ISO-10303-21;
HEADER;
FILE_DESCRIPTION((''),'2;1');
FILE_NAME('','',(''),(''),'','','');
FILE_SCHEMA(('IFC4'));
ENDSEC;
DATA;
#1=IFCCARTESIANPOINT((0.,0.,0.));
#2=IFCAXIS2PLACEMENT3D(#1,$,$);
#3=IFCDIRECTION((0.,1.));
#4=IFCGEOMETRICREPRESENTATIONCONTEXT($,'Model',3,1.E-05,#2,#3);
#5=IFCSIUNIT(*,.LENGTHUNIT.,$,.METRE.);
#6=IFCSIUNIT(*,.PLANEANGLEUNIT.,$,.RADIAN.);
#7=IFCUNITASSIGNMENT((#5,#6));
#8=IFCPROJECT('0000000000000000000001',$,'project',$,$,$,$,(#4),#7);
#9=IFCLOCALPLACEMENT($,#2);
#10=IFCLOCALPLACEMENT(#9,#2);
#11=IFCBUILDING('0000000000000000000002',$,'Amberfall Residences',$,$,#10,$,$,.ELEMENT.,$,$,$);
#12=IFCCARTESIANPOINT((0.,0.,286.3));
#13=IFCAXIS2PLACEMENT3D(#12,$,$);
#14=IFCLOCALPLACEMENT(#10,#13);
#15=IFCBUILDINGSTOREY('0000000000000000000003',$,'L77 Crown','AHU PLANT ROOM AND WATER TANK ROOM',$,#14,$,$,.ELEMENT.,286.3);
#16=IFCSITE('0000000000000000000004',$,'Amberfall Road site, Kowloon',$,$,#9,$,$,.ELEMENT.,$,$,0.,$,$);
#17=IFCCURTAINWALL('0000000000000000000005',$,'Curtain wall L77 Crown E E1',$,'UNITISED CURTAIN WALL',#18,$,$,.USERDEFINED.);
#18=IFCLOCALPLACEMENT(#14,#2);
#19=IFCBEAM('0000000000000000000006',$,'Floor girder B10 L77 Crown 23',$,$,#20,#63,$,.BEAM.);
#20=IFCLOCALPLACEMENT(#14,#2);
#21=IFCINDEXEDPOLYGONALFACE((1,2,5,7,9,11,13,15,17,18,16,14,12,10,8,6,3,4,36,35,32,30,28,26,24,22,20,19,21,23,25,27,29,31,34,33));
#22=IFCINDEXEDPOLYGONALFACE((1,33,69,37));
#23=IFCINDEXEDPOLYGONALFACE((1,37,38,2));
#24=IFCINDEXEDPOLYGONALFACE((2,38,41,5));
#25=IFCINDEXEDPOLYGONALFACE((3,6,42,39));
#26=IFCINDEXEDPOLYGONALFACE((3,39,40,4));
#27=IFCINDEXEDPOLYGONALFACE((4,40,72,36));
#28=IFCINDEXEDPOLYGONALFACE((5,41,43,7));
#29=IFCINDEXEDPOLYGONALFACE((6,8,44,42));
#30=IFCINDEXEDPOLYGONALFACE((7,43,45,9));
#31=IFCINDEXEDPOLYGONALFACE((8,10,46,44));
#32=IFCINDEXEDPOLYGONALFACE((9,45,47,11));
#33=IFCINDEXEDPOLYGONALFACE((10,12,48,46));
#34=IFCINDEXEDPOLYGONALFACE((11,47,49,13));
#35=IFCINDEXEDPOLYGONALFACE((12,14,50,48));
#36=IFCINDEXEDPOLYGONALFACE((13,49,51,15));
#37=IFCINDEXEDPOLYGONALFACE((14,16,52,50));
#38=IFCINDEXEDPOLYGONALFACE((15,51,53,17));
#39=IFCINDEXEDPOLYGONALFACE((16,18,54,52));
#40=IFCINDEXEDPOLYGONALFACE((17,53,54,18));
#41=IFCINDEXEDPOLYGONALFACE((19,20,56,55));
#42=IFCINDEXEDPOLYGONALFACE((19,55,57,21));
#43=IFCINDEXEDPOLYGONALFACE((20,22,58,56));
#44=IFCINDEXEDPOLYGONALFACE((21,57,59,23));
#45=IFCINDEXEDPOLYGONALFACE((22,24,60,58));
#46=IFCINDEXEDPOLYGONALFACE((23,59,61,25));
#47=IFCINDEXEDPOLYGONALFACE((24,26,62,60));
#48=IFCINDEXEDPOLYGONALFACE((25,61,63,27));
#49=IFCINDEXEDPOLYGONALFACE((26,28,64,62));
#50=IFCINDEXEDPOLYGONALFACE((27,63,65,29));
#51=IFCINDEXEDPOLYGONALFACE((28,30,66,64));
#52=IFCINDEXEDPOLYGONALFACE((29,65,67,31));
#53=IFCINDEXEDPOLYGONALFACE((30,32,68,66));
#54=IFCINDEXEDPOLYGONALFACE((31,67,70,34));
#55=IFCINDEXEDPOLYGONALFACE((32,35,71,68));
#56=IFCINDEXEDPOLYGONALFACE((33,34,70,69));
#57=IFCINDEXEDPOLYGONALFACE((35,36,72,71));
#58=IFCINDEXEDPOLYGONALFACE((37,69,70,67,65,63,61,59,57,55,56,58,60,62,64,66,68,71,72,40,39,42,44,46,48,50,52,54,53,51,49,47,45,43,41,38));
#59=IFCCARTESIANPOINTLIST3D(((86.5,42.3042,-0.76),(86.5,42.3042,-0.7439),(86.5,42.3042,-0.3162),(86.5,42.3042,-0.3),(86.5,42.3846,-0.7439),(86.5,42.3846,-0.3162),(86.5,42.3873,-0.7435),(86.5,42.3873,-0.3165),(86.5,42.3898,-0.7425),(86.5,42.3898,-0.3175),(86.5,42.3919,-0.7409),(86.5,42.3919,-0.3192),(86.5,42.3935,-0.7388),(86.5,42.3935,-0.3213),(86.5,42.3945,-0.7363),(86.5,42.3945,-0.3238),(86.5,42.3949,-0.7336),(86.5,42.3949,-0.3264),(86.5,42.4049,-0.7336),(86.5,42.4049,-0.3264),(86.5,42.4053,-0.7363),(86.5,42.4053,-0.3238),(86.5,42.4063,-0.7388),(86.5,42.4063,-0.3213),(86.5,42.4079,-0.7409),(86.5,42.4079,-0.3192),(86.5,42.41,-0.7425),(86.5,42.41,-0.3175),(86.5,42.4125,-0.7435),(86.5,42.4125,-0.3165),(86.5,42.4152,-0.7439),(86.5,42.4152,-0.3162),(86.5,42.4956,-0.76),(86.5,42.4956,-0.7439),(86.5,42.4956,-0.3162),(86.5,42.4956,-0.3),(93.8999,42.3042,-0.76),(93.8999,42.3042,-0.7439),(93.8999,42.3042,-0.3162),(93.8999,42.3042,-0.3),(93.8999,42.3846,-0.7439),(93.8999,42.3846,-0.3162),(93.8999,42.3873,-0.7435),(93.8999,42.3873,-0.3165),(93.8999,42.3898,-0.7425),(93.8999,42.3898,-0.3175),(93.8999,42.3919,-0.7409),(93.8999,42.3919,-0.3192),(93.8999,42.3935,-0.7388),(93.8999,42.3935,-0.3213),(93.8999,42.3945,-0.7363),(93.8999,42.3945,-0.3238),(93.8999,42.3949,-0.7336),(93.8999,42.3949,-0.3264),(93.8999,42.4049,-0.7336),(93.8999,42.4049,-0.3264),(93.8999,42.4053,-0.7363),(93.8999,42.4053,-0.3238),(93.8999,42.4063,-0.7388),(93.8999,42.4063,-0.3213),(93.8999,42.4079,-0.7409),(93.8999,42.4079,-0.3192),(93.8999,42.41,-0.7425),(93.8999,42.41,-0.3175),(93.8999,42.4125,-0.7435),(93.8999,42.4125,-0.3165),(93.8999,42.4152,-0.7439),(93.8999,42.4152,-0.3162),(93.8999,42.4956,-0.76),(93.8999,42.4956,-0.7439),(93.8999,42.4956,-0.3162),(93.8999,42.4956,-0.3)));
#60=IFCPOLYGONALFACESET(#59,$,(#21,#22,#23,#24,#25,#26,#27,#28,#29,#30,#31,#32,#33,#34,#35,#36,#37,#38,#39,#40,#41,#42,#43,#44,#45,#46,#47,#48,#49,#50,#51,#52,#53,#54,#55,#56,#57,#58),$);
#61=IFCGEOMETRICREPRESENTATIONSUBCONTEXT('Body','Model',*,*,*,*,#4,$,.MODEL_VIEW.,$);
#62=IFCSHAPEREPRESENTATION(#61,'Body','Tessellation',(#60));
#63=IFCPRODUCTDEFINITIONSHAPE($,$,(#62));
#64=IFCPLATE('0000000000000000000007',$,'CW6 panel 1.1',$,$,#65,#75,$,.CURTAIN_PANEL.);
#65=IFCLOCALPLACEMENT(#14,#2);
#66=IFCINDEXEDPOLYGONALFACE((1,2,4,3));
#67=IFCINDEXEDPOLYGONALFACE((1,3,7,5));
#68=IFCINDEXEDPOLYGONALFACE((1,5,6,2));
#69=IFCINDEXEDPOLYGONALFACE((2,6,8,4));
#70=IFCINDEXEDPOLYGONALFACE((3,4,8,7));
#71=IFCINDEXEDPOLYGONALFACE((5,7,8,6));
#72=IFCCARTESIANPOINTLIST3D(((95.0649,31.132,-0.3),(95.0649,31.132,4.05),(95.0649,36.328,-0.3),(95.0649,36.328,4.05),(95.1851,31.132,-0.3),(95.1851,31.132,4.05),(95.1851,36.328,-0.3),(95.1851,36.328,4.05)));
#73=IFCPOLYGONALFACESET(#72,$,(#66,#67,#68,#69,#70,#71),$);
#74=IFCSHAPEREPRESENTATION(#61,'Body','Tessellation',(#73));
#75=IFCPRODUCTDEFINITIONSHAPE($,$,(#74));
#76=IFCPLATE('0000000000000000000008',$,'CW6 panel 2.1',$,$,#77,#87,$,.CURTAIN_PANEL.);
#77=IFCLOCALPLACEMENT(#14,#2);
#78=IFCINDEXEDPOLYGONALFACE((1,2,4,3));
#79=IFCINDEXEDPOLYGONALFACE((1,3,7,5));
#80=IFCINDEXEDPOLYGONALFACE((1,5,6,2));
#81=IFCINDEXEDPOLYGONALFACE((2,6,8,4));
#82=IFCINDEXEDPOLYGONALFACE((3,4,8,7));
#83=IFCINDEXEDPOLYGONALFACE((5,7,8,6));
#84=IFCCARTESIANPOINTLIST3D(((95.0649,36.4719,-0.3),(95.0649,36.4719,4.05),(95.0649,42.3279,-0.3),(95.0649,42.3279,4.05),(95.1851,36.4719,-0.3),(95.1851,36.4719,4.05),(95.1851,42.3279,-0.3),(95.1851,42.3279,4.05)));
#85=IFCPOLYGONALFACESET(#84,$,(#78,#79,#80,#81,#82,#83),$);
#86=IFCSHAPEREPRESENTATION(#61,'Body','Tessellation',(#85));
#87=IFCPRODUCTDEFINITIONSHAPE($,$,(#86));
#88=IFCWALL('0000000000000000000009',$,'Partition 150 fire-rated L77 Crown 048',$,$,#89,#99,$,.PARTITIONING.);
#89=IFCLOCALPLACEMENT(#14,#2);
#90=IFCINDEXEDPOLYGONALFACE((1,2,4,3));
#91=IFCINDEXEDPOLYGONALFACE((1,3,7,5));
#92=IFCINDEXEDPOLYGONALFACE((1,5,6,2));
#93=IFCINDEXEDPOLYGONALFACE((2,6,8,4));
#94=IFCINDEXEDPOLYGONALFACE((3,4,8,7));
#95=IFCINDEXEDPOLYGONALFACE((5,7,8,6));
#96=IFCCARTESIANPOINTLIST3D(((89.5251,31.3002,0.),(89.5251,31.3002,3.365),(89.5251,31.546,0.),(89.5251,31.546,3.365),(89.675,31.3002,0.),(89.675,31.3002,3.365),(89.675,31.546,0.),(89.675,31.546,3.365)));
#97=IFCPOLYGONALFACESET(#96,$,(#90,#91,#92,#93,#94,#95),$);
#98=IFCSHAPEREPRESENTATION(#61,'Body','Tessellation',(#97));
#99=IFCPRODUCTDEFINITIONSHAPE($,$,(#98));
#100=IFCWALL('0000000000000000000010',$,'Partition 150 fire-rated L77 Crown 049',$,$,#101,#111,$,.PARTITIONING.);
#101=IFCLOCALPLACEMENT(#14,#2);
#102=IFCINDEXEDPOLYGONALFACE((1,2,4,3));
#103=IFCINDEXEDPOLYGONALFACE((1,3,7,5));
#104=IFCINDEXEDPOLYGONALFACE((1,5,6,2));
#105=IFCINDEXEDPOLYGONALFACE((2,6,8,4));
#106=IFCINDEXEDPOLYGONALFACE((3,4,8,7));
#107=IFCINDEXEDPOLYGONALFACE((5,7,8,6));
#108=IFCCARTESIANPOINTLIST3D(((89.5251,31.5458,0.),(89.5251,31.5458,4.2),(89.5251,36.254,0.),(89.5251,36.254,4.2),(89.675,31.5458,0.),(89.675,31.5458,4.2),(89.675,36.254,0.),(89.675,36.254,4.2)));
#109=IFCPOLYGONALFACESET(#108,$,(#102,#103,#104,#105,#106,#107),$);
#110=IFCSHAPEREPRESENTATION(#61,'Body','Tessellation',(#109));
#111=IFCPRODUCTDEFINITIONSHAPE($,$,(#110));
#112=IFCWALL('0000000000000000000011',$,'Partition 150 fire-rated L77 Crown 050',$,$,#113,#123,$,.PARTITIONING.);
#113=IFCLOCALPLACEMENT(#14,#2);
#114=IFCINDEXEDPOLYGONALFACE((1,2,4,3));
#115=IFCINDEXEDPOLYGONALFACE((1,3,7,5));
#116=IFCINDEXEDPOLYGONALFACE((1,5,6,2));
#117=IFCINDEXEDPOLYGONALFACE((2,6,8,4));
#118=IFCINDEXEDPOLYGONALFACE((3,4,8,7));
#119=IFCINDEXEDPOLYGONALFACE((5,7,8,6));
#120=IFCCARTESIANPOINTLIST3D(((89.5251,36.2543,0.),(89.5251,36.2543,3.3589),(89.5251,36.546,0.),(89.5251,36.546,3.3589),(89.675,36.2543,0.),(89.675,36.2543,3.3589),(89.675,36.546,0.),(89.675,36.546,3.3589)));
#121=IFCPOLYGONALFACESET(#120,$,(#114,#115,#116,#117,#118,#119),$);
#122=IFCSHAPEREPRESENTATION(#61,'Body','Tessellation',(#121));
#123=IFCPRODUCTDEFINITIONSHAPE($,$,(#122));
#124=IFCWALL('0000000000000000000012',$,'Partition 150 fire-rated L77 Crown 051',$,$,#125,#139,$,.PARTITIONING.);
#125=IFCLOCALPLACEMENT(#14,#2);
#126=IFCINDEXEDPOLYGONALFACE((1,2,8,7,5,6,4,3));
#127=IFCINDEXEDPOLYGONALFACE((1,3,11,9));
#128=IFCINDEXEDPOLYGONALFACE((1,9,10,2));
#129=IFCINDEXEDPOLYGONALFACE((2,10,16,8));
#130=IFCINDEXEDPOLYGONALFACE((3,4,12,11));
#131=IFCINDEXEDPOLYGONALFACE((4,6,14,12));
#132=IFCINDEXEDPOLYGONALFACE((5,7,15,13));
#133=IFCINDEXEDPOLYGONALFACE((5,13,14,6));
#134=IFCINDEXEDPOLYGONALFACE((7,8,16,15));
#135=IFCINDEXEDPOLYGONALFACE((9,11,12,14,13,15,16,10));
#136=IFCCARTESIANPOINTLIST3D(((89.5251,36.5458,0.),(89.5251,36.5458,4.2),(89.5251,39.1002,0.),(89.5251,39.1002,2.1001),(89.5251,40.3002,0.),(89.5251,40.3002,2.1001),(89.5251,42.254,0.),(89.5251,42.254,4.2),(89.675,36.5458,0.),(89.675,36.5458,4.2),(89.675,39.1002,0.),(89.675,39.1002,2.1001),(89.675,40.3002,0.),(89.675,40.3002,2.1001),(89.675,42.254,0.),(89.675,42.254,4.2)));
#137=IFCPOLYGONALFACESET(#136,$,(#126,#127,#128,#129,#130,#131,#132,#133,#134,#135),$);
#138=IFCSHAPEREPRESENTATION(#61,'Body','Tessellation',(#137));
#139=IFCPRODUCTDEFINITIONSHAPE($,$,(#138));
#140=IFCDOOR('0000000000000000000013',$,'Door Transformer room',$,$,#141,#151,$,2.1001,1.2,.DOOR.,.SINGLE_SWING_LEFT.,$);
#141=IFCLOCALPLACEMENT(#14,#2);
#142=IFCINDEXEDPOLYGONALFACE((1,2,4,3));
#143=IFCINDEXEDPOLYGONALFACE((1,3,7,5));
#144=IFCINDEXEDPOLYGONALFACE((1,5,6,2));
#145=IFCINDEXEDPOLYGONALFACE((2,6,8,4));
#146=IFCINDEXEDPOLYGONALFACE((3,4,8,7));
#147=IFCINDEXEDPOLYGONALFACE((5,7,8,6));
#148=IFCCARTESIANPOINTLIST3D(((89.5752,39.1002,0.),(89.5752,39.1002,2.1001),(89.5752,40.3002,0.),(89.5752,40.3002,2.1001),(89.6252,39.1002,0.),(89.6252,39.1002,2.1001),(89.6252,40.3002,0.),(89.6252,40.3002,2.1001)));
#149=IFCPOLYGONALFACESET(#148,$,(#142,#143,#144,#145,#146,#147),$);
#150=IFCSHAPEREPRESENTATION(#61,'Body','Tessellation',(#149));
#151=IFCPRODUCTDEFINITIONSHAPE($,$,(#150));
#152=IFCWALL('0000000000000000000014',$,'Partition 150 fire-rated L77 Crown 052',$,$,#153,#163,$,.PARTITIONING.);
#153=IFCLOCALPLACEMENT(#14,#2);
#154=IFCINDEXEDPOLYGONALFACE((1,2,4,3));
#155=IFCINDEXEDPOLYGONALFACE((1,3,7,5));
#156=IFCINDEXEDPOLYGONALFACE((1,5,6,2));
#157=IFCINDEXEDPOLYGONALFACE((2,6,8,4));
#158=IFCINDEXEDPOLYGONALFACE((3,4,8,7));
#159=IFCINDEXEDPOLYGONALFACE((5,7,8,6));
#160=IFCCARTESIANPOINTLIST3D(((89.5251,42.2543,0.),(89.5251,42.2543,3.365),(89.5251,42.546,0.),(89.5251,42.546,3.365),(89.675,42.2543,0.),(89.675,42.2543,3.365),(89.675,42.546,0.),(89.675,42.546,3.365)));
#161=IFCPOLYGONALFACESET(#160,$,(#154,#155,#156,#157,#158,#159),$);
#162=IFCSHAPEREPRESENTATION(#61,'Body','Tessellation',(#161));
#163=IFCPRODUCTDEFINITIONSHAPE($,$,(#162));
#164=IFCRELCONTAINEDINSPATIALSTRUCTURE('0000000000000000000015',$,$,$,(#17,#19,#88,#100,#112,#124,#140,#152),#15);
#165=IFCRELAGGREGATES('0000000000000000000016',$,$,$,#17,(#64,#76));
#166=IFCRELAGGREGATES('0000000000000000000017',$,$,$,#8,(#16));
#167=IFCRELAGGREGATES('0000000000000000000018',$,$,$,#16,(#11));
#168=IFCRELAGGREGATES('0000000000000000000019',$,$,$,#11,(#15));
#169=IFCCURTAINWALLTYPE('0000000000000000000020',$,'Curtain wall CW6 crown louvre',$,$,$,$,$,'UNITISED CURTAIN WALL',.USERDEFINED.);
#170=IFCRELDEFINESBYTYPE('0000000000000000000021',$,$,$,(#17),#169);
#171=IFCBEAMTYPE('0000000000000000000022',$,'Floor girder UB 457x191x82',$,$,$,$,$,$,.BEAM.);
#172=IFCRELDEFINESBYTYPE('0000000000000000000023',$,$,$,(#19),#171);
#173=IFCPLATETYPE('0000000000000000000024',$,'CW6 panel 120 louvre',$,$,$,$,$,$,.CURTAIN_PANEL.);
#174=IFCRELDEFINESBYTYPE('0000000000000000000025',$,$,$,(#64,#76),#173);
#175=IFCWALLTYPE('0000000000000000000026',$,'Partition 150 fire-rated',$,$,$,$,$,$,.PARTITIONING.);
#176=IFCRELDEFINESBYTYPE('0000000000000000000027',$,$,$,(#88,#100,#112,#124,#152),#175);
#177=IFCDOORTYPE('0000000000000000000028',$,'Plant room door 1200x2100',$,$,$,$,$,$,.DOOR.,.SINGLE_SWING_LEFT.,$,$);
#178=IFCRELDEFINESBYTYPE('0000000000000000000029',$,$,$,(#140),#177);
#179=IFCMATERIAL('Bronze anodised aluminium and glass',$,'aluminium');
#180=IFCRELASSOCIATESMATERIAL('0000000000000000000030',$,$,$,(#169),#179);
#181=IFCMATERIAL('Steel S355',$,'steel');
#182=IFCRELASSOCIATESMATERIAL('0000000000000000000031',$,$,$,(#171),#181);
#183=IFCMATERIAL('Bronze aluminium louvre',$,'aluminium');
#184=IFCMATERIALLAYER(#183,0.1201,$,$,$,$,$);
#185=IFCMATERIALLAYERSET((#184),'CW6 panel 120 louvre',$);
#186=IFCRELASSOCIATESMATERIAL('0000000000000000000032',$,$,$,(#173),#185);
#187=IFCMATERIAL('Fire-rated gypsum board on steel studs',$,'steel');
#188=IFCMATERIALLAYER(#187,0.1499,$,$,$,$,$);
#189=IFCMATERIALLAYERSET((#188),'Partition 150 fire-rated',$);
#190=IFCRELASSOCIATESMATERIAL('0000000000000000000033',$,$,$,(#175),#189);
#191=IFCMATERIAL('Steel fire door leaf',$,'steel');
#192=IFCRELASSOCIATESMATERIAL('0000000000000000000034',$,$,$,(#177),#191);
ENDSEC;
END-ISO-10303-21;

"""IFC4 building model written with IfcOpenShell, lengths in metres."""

from ifc_helpers import new_model, si_unit, direction, frame, frame_2d, origin, origin_2d, place, context, subcontext, project, spatial, rectangle, i_section, extrude, material, layer, layer_set, material_profile, profile_set, type_object, element, fill, aggregate, save


model = new_model("IFC4")

# Units and contexts
model_context = context("Model", 3, precision=1e-05, world=origin(), true_north=direction((0.0, 1.0)))
body_context = subcontext(model_context, "Body", "Model", "MODEL_VIEW")
ifc_project = project(units=[si_unit("LENGTHUNIT", "METRE"), si_unit("PLANEANGLEUNIT", "RADIAN")], contexts=[model_context])

# Site, building, storey
site_placement = place(None, origin())
site = spatial("IfcSite", under=ifc_project, at=site_placement, Name="Amberfall Road site, Kowloon", CompositionType="ELEMENT", RefElevation=0.0)
building_placement = place(site_placement, origin())
building = spatial("IfcBuilding", under=site, at=building_placement, Name="Amberfall Residences", CompositionType="ELEMENT")
storey_placement = place(building_placement, frame((0.0, 0.0, 286.3)))
storey = spatial("IfcBuildingStorey", under=building, at=storey_placement, Name="L77 Crown", Description="AHU PLANT ROOM AND WATER TANK ROOM", CompositionType="ELEMENT", Elevation=286.3)

# Curtain wall
ifc_material_1 = material(Name="Bronze anodised aluminium and glass", Category="aluminium")
curtain_wall_type = type_object("IfcCurtainWallType", Name="Curtain wall CW6 crown louvre", ElementType="UNITISED CURTAIN WALL", PredefinedType="USERDEFINED", material=ifc_material_1)
curtain_wall_placement = place(storey_placement, origin())
curtain_wall = element("IfcCurtainWall", 1, at=curtain_wall_placement, inside=storey, type_object=curtain_wall_type, Name="Curtain wall L77 Crown E E1", ObjectType="UNITISED CURTAIN WALL", PredefinedType="USERDEFINED")

# Beam
ifc_material_2 = material(Name="Steel S355", Category="steel")
ifc_material_profile_1 = material_profile(ifc_material_2, i_section(OverallWidth=0.1914, OverallDepth=0.46, WebThickness=0.01, FlangeThickness=0.0161, FilletRadius=0.0103, at=origin_2d()), Name="UB 457x191x82")
ifc_profile_set_1 = profile_set([ifc_material_profile_1], Name="Steel S355")
beam_type_1 = type_object("IfcBeamType", Name="Floor girder UB 457x191x82", PredefinedType="BEAM", material=ifc_profile_set_1)
beam_1_placement = place(storey_placement, frame((93.8999, 42.3999, -0.53), z_axis=(-1.0, 0.0, 0.0), x_axis=(0.0, -1.0, 0.0)))
element("IfcBeam", 2, at=beam_1_placement, inside=storey, type_object=beam_type_1, Name="Floor girder B10 L77 Crown 23", PredefinedType="BEAM", context=body_context, shape_type="SweptSolid", body=[
    extrude(i_section(OverallWidth=0.1914, OverallDepth=0.46, WebThickness=0.01, FlangeThickness=0.0161, FilletRadius=0.0103, at=origin_2d()), origin(), (0.0, 0.0, 1.0), 7.3999),
])

# Plates
ifc_material_3 = material(Name="Bronze aluminium louvre", Category="aluminium")
ifc_layer_1 = layer(ifc_material_3, 0.1201)
ifc_layer_set_1 = layer_set([ifc_layer_1], Name="CW6 panel 120 louvre")
plate_type = type_object("IfcPlateType", Name="CW6 panel 120 louvre", PredefinedType="CURTAIN_PANEL", material=ifc_layer_set_1)
plate_1_placement = place(storey_placement, frame((95.125, 33.73, -0.3), z_axis=(0.0, 0.0, 1.0), x_axis=(0.0, 1.0, 0.0)))
plate_1 = element("IfcPlate", 3, at=plate_1_placement, type_object=plate_type, Name="CW6 panel 1.1", PredefinedType="CURTAIN_PANEL", context=body_context, shape_type="SweptSolid", body=[
    extrude(rectangle(XDim=5.196, YDim=0.1201, at=origin_2d()), origin(), (0.0, 0.0, 1.0), 4.3501),
])
plate_2_placement = place(storey_placement, frame((95.125, 39.3999, -0.3), z_axis=(0.0, 0.0, 1.0), x_axis=(0.0, 1.0, 0.0)))
plate_2 = element("IfcPlate", 4, at=plate_2_placement, type_object=plate_type, Name="CW6 panel 2.1", PredefinedType="CURTAIN_PANEL", context=body_context, shape_type="SweptSolid", body=[
    extrude(rectangle(XDim=5.856, YDim=0.1201, at=origin_2d()), origin(), (0.0, 0.0, 1.0), 4.3501),
])
aggregate(curtain_wall, [plate_1, plate_2])

# Walls
ifc_material_4 = material(Name="Fire-rated gypsum board on steel studs", Category="steel")
ifc_layer_2 = layer(ifc_material_4, 0.1499)
ifc_layer_set_2 = layer_set([ifc_layer_2], Name="Partition 150 fire-rated")
wall_type = type_object("IfcWallType", Name="Partition 150 fire-rated", PredefinedType="PARTITIONING", material=ifc_layer_set_2)
wall_1_placement = place(storey_placement, frame((89.6001, 31.3, 0.0), z_axis=(0.0, 0.0, 1.0), x_axis=(0.0, 1.0, 0.0)))
element("IfcWall", 5, at=wall_1_placement, inside=storey, type_object=wall_type, Name="Partition 150 fire-rated L77 Crown 048", PredefinedType="PARTITIONING", context=body_context, shape_type="SweptSolid", body=[
    extrude(rectangle(XDim=0.2458, YDim=0.1499, at=frame_2d((0.123, 0.0))), origin(), (0.0, 0.0, 1.0), 3.365),
])
wall_2_placement = place(storey_placement, frame((89.6001, 31.5459, 0.0), z_axis=(0.0, 0.0, 1.0), x_axis=(0.0, 1.0, 0.0)))
element("IfcWall", 6, at=wall_2_placement, inside=storey, type_object=wall_type, Name="Partition 150 fire-rated L77 Crown 049", PredefinedType="PARTITIONING", context=body_context, shape_type="SweptSolid", body=[
    extrude(rectangle(XDim=4.7083, YDim=0.1499, at=frame_2d((2.354, 0.0))), origin(), (0.0, 0.0, 1.0), 4.2),
])
wall_3_placement = place(storey_placement, frame((89.6001, 36.2542, 0.0), z_axis=(0.0, 0.0, 1.0), x_axis=(0.0, 1.0, 0.0)))
element("IfcWall", 7, at=wall_3_placement, inside=storey, type_object=wall_type, Name="Partition 150 fire-rated L77 Crown 050", PredefinedType="PARTITIONING", context=body_context, shape_type="SweptSolid", body=[
    extrude(rectangle(XDim=0.2917, YDim=0.1499, at=frame_2d((0.146, 0.0))), origin(), (0.0, 0.0, 1.0), 3.3589),
])

# Wall, opening, door
wall_4_placement = place(storey_placement, frame((89.6001, 36.5459, 0.0), z_axis=(0.0, 0.0, 1.0), x_axis=(0.0, 1.0, 0.0)))
wall_4 = element("IfcWall", 8, at=wall_4_placement, inside=storey, type_object=wall_type, Name="Partition 150 fire-rated L77 Crown 051", PredefinedType="PARTITIONING", context=body_context, shape_type="SweptSolid", body=[
    extrude(rectangle(XDim=5.7083, YDim=0.1499, at=frame_2d((2.854, 0.0))), origin(), (0.0, 0.0, 1.0), 4.2),
])
opening_placement = place(wall_4_placement, frame((2.5542, 0.0, 0.0)))
opening = element("IfcOpeningElement", 9, at=opening_placement, cuts=wall_4, PredefinedType="OPENING", context=body_context, shape_type="SweptSolid", body=[
    extrude(rectangle(XDim=1.2, YDim=2.1001, at=frame_2d((0.6001, 1.05))), frame((0.0, 0.085, 0.0), z_axis=(0.0, -1.0, 0.0), x_axis=(1.0, 0.0, 0.0)), (0.0, 0.0, 1.0), 0.1699),
])
ifc_material_5 = material(Name="Steel fire door leaf", Category="steel")
door_type = type_object("IfcDoorType", Name="Plant room door 1200x2100", OperationType="SINGLE_SWING_LEFT", PredefinedType="DOOR", material=ifc_material_5)
door_placement = place(opening_placement, origin())
door = element("IfcDoor", 10, at=door_placement, inside=storey, type_object=door_type, Name="Door Transformer room", OperationType="SINGLE_SWING_LEFT", OverallHeight=2.1001, OverallWidth=1.2, PredefinedType="DOOR", context=body_context, shape_type="SweptSolid", body=[
    extrude(rectangle(XDim=1.2, YDim=2.1001, at=frame_2d((0.6001, 1.05))), frame((0.0, 0.0249, 0.0), z_axis=(0.0, -1.0, 0.0), x_axis=(1.0, 0.0, 0.0)), (0.0, 0.0, 1.0), 0.05),
])
fill(opening, door)

# Wall
wall_5_placement = place(storey_placement, frame((89.6001, 42.2542, 0.0), z_axis=(0.0, 0.0, 1.0), x_axis=(0.0, 1.0, 0.0)))
element("IfcWall", 11, at=wall_5_placement, inside=storey, type_object=wall_type, Name="Partition 150 fire-rated L77 Crown 052", PredefinedType="PARTITIONING", context=body_context, shape_type="SweptSolid", body=[
    extrude(rectangle(XDim=0.2917, YDim=0.1499, at=frame_2d((0.146, 0.0))), origin(), (0.0, 0.0, 1.0), 3.365),
])

save(model, "model.ifc")
